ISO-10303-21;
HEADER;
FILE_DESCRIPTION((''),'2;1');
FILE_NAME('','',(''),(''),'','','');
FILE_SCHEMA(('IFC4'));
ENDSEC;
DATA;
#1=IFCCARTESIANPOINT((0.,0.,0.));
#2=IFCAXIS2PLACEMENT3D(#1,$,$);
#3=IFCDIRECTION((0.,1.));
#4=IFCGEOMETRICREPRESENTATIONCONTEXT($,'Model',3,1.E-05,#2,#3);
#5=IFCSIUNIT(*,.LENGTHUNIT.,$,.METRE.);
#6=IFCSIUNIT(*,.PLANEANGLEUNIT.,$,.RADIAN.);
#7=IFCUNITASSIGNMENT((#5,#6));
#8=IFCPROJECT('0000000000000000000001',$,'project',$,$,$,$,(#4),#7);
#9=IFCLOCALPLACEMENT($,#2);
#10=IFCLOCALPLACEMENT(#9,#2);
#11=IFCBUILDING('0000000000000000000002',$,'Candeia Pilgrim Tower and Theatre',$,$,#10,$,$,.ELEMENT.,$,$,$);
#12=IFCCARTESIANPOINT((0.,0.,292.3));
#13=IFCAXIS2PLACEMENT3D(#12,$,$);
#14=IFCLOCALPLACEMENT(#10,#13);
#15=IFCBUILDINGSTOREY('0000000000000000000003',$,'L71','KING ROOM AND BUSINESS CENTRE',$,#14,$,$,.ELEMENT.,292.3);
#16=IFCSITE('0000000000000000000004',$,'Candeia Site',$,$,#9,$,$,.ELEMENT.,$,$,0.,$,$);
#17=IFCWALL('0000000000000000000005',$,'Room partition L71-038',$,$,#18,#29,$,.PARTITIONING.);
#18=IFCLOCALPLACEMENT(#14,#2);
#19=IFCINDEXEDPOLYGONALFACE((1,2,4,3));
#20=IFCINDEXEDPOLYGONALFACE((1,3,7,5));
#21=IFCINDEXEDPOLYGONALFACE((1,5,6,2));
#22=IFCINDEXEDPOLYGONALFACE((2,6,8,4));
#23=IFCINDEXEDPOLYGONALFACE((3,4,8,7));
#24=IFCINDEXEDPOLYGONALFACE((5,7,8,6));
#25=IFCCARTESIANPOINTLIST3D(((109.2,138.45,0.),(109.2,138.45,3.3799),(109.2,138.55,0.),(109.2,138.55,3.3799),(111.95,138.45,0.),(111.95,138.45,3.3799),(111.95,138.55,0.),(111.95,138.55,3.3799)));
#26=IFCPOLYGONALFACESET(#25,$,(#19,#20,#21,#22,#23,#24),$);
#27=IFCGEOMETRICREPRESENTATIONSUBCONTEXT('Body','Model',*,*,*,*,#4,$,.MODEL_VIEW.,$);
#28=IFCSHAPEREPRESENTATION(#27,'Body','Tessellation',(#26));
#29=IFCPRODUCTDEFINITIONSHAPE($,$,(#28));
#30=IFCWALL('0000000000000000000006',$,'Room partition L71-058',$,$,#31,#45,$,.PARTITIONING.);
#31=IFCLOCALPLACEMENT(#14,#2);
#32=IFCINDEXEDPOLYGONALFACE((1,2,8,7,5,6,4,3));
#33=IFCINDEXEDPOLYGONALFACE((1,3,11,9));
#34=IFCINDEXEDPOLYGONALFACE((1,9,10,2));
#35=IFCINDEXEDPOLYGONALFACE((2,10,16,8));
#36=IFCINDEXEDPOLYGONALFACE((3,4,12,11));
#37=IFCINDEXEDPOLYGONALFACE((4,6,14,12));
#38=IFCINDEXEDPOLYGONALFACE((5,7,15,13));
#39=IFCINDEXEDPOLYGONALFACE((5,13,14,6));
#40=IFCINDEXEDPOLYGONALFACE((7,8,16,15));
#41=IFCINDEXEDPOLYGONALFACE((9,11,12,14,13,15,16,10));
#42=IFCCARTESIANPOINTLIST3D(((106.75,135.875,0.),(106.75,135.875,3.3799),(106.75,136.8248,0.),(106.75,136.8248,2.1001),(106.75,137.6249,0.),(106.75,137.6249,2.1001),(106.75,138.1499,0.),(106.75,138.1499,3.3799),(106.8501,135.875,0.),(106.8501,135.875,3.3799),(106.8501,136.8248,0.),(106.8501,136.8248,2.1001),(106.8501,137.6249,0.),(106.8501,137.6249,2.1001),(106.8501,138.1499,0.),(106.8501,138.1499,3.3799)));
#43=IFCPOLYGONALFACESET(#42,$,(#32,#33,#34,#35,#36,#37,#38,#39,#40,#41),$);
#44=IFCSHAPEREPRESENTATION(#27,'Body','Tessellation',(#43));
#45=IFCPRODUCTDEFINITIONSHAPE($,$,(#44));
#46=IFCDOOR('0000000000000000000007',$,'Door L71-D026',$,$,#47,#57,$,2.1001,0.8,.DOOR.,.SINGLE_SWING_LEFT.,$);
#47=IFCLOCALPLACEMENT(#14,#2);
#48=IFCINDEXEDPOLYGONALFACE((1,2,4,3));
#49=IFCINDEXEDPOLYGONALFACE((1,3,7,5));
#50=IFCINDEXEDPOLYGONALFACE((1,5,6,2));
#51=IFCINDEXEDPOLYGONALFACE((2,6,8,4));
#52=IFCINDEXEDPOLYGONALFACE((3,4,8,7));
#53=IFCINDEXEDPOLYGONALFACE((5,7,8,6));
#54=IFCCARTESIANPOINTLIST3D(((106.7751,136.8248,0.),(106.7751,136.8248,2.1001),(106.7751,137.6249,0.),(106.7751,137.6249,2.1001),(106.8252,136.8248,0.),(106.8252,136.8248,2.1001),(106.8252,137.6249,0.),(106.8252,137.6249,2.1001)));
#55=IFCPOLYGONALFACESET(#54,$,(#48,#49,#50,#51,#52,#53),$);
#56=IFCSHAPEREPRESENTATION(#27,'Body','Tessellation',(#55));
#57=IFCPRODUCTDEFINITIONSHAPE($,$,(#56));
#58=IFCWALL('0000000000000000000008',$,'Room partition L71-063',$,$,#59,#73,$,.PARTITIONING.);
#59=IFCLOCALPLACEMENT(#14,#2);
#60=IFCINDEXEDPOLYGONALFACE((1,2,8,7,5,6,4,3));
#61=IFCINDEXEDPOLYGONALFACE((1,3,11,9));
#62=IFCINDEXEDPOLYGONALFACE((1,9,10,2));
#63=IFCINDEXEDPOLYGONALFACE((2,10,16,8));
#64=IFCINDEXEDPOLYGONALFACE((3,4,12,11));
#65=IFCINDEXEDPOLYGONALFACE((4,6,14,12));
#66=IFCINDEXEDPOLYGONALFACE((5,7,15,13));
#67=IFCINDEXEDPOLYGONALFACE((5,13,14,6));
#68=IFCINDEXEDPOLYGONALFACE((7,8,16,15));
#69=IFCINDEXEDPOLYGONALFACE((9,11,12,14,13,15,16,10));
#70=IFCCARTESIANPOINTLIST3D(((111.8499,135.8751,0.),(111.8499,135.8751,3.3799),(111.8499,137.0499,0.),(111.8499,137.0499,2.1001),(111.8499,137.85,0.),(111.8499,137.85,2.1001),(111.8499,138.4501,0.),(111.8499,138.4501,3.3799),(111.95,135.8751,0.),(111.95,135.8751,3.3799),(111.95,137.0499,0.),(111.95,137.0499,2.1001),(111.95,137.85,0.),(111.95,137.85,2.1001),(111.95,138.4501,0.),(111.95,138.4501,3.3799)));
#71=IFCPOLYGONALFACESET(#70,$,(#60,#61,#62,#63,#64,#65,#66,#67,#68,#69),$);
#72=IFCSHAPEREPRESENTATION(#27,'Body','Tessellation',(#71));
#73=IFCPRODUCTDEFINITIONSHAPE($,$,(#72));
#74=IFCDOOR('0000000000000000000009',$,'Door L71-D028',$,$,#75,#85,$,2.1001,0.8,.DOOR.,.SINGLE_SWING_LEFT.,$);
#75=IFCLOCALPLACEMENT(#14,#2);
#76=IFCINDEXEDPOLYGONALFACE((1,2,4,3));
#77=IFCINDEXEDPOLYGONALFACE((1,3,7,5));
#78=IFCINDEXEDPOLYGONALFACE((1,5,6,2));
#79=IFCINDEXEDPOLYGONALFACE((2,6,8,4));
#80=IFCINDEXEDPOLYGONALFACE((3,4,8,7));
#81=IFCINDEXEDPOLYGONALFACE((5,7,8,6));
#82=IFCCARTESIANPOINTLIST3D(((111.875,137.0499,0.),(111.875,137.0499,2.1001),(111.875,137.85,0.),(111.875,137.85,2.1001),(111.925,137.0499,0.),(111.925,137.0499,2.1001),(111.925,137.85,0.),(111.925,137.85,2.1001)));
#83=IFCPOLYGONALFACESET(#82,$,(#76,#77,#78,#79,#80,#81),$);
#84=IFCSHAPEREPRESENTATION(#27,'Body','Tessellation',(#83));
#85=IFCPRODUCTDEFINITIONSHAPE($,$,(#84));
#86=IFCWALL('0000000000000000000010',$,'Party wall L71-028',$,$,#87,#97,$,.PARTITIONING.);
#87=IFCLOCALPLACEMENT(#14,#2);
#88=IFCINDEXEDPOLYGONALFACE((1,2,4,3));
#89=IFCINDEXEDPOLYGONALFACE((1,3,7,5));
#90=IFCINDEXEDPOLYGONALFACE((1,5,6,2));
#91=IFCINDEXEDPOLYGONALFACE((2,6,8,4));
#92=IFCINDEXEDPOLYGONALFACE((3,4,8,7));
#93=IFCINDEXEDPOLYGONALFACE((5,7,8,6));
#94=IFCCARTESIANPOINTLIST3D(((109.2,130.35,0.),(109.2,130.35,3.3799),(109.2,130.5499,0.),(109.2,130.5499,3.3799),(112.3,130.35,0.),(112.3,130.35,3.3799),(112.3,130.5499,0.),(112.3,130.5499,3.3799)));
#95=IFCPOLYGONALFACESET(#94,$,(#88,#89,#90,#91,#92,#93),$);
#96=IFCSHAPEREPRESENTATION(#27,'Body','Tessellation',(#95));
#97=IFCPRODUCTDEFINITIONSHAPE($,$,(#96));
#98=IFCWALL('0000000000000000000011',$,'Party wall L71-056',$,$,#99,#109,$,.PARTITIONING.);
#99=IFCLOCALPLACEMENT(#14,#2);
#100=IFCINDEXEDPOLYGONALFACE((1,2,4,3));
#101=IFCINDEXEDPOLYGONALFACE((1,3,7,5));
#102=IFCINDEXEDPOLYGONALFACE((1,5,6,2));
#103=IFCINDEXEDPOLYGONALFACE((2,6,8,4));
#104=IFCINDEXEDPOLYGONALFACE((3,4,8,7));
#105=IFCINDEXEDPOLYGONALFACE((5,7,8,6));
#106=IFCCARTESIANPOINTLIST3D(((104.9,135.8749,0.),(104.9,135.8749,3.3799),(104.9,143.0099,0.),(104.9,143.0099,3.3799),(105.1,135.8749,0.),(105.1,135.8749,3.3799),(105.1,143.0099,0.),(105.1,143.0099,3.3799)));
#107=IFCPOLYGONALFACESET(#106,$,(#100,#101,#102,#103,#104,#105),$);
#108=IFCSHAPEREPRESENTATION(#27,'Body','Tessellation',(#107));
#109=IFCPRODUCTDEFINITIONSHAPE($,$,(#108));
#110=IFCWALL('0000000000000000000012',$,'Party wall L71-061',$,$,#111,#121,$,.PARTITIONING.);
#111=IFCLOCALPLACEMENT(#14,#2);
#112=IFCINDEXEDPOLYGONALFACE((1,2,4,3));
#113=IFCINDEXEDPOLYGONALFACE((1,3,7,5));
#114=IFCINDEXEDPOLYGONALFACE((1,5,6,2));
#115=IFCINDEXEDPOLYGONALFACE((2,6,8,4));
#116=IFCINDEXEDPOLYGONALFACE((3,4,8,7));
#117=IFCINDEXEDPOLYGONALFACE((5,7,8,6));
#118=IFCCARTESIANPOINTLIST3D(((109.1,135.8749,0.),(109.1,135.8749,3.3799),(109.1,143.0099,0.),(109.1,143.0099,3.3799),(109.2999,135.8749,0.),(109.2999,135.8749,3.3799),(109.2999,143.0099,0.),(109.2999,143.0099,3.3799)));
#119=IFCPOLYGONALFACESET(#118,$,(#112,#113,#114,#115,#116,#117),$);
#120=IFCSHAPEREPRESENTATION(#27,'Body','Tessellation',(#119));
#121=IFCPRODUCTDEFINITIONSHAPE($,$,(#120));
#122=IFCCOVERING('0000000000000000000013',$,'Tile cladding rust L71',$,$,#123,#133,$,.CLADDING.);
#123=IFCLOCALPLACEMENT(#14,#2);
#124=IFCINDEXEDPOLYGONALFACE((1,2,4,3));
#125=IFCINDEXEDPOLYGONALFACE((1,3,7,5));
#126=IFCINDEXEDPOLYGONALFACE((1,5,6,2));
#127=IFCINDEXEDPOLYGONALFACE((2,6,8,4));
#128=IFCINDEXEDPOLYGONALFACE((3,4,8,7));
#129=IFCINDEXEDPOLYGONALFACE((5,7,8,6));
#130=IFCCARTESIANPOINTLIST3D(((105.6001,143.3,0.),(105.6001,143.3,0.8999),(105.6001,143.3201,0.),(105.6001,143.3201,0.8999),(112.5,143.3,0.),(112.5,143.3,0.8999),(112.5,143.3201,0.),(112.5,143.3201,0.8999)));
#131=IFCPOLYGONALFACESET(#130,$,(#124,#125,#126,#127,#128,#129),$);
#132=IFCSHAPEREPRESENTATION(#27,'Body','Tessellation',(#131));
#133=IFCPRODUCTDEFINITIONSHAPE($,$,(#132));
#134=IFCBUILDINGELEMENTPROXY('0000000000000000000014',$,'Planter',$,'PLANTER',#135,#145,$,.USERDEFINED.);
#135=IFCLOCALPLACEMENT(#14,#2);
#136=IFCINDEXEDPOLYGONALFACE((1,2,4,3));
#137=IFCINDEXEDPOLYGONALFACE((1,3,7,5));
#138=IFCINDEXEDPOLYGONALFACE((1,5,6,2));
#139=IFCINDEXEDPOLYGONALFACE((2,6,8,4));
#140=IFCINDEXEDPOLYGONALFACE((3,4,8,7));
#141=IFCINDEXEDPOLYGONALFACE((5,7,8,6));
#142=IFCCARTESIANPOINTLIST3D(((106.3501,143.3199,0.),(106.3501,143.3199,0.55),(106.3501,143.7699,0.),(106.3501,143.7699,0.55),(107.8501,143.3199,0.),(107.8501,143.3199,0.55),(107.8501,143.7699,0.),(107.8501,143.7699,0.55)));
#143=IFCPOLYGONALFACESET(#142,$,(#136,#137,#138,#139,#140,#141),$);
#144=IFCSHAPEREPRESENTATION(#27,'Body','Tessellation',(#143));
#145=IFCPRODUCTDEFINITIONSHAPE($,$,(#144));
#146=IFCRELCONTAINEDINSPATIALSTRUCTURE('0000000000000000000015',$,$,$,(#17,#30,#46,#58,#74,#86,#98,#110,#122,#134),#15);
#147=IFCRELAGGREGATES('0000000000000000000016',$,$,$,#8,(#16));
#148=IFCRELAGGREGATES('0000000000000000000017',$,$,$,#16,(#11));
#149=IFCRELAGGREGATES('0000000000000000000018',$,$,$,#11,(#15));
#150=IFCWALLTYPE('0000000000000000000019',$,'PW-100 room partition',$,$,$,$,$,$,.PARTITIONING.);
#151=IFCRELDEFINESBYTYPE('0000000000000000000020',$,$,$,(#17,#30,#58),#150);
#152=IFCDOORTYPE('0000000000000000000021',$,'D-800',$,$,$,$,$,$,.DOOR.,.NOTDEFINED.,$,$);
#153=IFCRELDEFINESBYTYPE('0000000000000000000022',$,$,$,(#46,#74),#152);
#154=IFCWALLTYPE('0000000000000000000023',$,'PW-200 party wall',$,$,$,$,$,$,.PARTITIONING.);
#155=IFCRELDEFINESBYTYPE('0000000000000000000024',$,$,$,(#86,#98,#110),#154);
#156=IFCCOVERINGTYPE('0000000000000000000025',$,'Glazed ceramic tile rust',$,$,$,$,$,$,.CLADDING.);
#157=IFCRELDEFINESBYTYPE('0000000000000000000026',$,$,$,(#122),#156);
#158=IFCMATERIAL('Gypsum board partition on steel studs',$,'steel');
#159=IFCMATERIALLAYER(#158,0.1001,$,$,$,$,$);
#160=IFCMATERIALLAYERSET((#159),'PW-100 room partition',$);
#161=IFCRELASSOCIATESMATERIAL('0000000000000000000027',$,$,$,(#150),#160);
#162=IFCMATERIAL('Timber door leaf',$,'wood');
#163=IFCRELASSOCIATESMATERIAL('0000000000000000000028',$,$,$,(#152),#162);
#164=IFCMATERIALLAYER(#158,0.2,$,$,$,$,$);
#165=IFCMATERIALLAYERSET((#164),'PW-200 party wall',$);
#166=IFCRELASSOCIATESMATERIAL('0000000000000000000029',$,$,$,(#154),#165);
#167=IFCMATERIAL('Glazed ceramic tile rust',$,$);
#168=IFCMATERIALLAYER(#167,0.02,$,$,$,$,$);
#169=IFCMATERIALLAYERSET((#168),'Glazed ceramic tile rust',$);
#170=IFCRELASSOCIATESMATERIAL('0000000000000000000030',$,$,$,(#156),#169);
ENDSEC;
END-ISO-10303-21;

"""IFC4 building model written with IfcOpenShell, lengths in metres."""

from ifc_helpers import new_model, si_unit, direction, frame, frame_2d, origin, origin_2d, place, context, subcontext, project, spatial, rectangle, extrude, material, layer, layer_set, type_object, element, fill, save


model = new_model("IFC4")

# Units and contexts
model_context = context("Model", 3, precision=1e-05, world=origin(), true_north=direction((0.0, 1.0)))
body_context = subcontext(model_context, "Body", "Model", "MODEL_VIEW")
ifc_project = project(units=[si_unit("LENGTHUNIT", "METRE"), si_unit("PLANEANGLEUNIT", "RADIAN")], contexts=[model_context])

# Site, building, storey
site_placement = place(None, origin())
site = spatial("IfcSite", under=ifc_project, at=site_placement, Name="Candeia Site", CompositionType="ELEMENT", RefElevation=0.0)
building_placement = place(site_placement, origin())
building = spatial("IfcBuilding", under=site, at=building_placement, Name="Candeia Pilgrim Tower and Theatre", CompositionType="ELEMENT")
storey_placement = place(building_placement, frame((0.0, 0.0, 292.3)))
storey = spatial("IfcBuildingStorey", under=building, at=storey_placement, Name="L71", Description="KING ROOM AND BUSINESS CENTRE", CompositionType="ELEMENT", Elevation=292.3)

# Wall
ifc_material_1 = material(Name="Gypsum board partition on steel studs", Category="steel")
ifc_layer_1 = layer(ifc_material_1, 0.1001)
ifc_layer_set_1 = layer_set([ifc_layer_1], Name="PW-100 room partition")
wall_type_1 = type_object("IfcWallType", Name="PW-100 room partition", PredefinedType="PARTITIONING", material=ifc_layer_set_1)
wall_1_placement = place(storey_placement, frame((109.2, 138.5, 0.0), z_axis=(0.0, 0.0, 1.0), x_axis=(1.0, 0.0, 0.0)))
element("IfcWall", 1, at=wall_1_placement, inside=storey, type_object=wall_type_1, Name="Room partition L71-038", PredefinedType="PARTITIONING", context=body_context, shape_type="SweptSolid", body=[
    extrude(rectangle(XDim=2.75, YDim=0.1001, at=frame_2d((1.375, 0.0))), origin(), (0.0, 0.0, 1.0), 3.3799),
])

# Walls, openings, doors
wall_2_placement = place(storey_placement, frame((106.8, 135.875, 0.0), z_axis=(0.0, 0.0, 1.0), x_axis=(0.0, 1.0, 0.0)))
wall_2 = element("IfcWall", 2, at=wall_2_placement, inside=storey, type_object=wall_type_1, Name="Room partition L71-058", PredefinedType="PARTITIONING", context=body_context, shape_type="SweptSolid", body=[
    extrude(rectangle(XDim=2.2749, YDim=0.1001, at=frame_2d((1.1375, 0.0))), origin(), (0.0, 0.0, 1.0), 3.3799),
])
opening_1_placement = place(wall_2_placement, frame((0.95, 0.0, 0.0)))
opening_1 = element("IfcOpeningElement", 3, at=opening_1_placement, cuts=wall_2, PredefinedType="OPENING", context=body_context, shape_type="SweptSolid", body=[
    extrude(rectangle(XDim=0.8, YDim=2.1001, at=frame_2d((0.3999, 1.05))), frame((0.0, 0.0601, 0.0), z_axis=(0.0, -1.0, 0.0), x_axis=(1.0, 0.0, 0.0)), (0.0, 0.0, 1.0), 0.1201),
])
ifc_material_2 = material(Name="Timber door leaf", Category="wood")
door_type_1 = type_object("IfcDoorType", Name="D-800", OperationType="NOTDEFINED", PredefinedType="DOOR", material=ifc_material_2)
door_1_placement = place(opening_1_placement, origin())
door_1 = element("IfcDoor", 4, at=door_1_placement, inside=storey, type_object=door_type_1, Name="Door L71-D026", OperationType="SINGLE_SWING_LEFT", OverallHeight=2.1001, OverallWidth=0.8, PredefinedType="DOOR", context=body_context, shape_type="SweptSolid", body=[
    extrude(rectangle(XDim=0.8, YDim=2.1001, at=frame_2d((0.3999, 1.05))), frame((0.0, 0.0249, 0.0), z_axis=(0.0, -1.0, 0.0), x_axis=(1.0, 0.0, 0.0)), (0.0, 0.0, 1.0), 0.05),
])
fill(opening_1, door_1)
wall_3_placement = place(storey_placement, frame((111.8999, 135.875, 0.0), z_axis=(0.0, 0.0, 1.0), x_axis=(0.0, 1.0, 0.0)))
wall_3 = element("IfcWall", 5, at=wall_3_placement, inside=storey, type_object=wall_type_1, Name="Room partition L71-063", PredefinedType="PARTITIONING", context=body_context, shape_type="SweptSolid", body=[
    extrude(rectangle(XDim=2.575, YDim=0.1001, at=frame_2d((1.2876, 0.0))), origin(), (0.0, 0.0, 1.0), 3.3799),
])
opening_2_placement = place(wall_3_placement, frame((1.175, 0.0, 0.0)))
opening_2 = element("IfcOpeningElement", 6, at=opening_2_placement, cuts=wall_3, PredefinedType="OPENING", context=body_context, shape_type="SweptSolid", body=[
    extrude(rectangle(XDim=0.8, YDim=2.1001, at=frame_2d((0.3999, 1.05))), frame((0.0, 0.0601, 0.0), z_axis=(0.0, -1.0, 0.0), x_axis=(1.0, 0.0, 0.0)), (0.0, 0.0, 1.0), 0.1201),
])
door_2_placement = place(opening_2_placement, origin())
door_2 = element("IfcDoor", 7, at=door_2_placement, inside=storey, type_object=door_type_1, Name="Door L71-D028", OperationType="SINGLE_SWING_LEFT", OverallHeight=2.1001, OverallWidth=0.8, PredefinedType="DOOR", context=body_context, shape_type="SweptSolid", body=[
    extrude(rectangle(XDim=0.8, YDim=2.1001, at=frame_2d((0.3999, 1.05))), frame((0.0, 0.0249, 0.0), z_axis=(0.0, -1.0, 0.0), x_axis=(1.0, 0.0, 0.0)), (0.0, 0.0, 1.0), 0.05),
])
fill(opening_2, door_2)

# Walls
ifc_layer_2 = layer(ifc_material_1, 0.2)
ifc_layer_set_2 = layer_set([ifc_layer_2], Name="PW-200 party wall")
wall_type_2 = type_object("IfcWallType", Name="PW-200 party wall", PredefinedType="PARTITIONING", material=ifc_layer_set_2)
wall_4_placement = place(storey_placement, frame((109.2, 130.45, 0.0), z_axis=(0.0, 0.0, 1.0), x_axis=(1.0, 0.0, 0.0)))
element("IfcWall", 8, at=wall_4_placement, inside=storey, type_object=wall_type_2, Name="Party wall L71-028", PredefinedType="PARTITIONING", context=body_context, shape_type="SweptSolid", body=[
    extrude(rectangle(XDim=3.1001, YDim=0.2, at=frame_2d((1.55, 0.0))), origin(), (0.0, 0.0, 1.0), 3.3799),
])
for number, where, z_axis, x_axis, name in (
    (9, (105.0, 135.875, 0.0), (0.0, 0.0, 1.0), (0.0, 1.0, 0.0), "Party wall L71-056"),
    (10, (109.2, 135.875, 0.0), (0.0, 0.0, 1.0), (0.0, 1.0, 0.0), "Party wall L71-061"),
):
    element("IfcWall", number, at=place(storey_placement, frame(where, z_axis=z_axis, x_axis=x_axis)), inside=storey, type_object=wall_type_2, Name=name, PredefinedType="PARTITIONING", context=body_context, shape_type="SweptSolid", body=[
        extrude(rectangle(XDim=7.135, YDim=0.2, at=frame_2d((3.5674, 0.0))), origin(), (0.0, 0.0, 1.0), 3.3799),
    ])

# Covering
ifc_material_3 = material(Name="Glazed ceramic tile rust")
ifc_layer_3 = layer(ifc_material_3, 0.02)
ifc_layer_set_3 = layer_set([ifc_layer_3], Name="Glazed ceramic tile rust")
covering_type = type_object("IfcCoveringType", Name="Glazed ceramic tile rust", PredefinedType="CLADDING", material=ifc_layer_set_3)
covering_placement = place(storey_placement, frame((109.05, 143.3101, 0.0), z_axis=(0.0, 0.0, 1.0), x_axis=(-1.0, 0.0, 0.0)))
element("IfcCovering", 11, at=covering_placement, inside=storey, type_object=covering_type, Name="Tile cladding rust L71", PredefinedType="CLADDING", context=body_context, shape_type="SweptSolid", body=[
    extrude(rectangle(XDim=6.8999, YDim=0.02, at=origin_2d()), origin(), (0.0, 0.0, 1.0), 0.8999),
])

# Building element proxy
proxy_placement = place(storey_placement, frame((107.1001, 143.5449, 0.0), z_axis=(0.0, 0.0, 1.0), x_axis=(-1.0, 0.0, 0.0)))
element("IfcBuildingElementProxy", 12, at=proxy_placement, inside=storey, Name="Planter", ObjectType="PLANTER", PredefinedType="USERDEFINED", context=body_context, shape_type="SweptSolid", body=[
    extrude(rectangle(XDim=1.5, YDim=0.45, at=origin_2d()), origin(), (0.0, 0.0, 1.0), 0.55),
])

save(model, "model.ifc")
